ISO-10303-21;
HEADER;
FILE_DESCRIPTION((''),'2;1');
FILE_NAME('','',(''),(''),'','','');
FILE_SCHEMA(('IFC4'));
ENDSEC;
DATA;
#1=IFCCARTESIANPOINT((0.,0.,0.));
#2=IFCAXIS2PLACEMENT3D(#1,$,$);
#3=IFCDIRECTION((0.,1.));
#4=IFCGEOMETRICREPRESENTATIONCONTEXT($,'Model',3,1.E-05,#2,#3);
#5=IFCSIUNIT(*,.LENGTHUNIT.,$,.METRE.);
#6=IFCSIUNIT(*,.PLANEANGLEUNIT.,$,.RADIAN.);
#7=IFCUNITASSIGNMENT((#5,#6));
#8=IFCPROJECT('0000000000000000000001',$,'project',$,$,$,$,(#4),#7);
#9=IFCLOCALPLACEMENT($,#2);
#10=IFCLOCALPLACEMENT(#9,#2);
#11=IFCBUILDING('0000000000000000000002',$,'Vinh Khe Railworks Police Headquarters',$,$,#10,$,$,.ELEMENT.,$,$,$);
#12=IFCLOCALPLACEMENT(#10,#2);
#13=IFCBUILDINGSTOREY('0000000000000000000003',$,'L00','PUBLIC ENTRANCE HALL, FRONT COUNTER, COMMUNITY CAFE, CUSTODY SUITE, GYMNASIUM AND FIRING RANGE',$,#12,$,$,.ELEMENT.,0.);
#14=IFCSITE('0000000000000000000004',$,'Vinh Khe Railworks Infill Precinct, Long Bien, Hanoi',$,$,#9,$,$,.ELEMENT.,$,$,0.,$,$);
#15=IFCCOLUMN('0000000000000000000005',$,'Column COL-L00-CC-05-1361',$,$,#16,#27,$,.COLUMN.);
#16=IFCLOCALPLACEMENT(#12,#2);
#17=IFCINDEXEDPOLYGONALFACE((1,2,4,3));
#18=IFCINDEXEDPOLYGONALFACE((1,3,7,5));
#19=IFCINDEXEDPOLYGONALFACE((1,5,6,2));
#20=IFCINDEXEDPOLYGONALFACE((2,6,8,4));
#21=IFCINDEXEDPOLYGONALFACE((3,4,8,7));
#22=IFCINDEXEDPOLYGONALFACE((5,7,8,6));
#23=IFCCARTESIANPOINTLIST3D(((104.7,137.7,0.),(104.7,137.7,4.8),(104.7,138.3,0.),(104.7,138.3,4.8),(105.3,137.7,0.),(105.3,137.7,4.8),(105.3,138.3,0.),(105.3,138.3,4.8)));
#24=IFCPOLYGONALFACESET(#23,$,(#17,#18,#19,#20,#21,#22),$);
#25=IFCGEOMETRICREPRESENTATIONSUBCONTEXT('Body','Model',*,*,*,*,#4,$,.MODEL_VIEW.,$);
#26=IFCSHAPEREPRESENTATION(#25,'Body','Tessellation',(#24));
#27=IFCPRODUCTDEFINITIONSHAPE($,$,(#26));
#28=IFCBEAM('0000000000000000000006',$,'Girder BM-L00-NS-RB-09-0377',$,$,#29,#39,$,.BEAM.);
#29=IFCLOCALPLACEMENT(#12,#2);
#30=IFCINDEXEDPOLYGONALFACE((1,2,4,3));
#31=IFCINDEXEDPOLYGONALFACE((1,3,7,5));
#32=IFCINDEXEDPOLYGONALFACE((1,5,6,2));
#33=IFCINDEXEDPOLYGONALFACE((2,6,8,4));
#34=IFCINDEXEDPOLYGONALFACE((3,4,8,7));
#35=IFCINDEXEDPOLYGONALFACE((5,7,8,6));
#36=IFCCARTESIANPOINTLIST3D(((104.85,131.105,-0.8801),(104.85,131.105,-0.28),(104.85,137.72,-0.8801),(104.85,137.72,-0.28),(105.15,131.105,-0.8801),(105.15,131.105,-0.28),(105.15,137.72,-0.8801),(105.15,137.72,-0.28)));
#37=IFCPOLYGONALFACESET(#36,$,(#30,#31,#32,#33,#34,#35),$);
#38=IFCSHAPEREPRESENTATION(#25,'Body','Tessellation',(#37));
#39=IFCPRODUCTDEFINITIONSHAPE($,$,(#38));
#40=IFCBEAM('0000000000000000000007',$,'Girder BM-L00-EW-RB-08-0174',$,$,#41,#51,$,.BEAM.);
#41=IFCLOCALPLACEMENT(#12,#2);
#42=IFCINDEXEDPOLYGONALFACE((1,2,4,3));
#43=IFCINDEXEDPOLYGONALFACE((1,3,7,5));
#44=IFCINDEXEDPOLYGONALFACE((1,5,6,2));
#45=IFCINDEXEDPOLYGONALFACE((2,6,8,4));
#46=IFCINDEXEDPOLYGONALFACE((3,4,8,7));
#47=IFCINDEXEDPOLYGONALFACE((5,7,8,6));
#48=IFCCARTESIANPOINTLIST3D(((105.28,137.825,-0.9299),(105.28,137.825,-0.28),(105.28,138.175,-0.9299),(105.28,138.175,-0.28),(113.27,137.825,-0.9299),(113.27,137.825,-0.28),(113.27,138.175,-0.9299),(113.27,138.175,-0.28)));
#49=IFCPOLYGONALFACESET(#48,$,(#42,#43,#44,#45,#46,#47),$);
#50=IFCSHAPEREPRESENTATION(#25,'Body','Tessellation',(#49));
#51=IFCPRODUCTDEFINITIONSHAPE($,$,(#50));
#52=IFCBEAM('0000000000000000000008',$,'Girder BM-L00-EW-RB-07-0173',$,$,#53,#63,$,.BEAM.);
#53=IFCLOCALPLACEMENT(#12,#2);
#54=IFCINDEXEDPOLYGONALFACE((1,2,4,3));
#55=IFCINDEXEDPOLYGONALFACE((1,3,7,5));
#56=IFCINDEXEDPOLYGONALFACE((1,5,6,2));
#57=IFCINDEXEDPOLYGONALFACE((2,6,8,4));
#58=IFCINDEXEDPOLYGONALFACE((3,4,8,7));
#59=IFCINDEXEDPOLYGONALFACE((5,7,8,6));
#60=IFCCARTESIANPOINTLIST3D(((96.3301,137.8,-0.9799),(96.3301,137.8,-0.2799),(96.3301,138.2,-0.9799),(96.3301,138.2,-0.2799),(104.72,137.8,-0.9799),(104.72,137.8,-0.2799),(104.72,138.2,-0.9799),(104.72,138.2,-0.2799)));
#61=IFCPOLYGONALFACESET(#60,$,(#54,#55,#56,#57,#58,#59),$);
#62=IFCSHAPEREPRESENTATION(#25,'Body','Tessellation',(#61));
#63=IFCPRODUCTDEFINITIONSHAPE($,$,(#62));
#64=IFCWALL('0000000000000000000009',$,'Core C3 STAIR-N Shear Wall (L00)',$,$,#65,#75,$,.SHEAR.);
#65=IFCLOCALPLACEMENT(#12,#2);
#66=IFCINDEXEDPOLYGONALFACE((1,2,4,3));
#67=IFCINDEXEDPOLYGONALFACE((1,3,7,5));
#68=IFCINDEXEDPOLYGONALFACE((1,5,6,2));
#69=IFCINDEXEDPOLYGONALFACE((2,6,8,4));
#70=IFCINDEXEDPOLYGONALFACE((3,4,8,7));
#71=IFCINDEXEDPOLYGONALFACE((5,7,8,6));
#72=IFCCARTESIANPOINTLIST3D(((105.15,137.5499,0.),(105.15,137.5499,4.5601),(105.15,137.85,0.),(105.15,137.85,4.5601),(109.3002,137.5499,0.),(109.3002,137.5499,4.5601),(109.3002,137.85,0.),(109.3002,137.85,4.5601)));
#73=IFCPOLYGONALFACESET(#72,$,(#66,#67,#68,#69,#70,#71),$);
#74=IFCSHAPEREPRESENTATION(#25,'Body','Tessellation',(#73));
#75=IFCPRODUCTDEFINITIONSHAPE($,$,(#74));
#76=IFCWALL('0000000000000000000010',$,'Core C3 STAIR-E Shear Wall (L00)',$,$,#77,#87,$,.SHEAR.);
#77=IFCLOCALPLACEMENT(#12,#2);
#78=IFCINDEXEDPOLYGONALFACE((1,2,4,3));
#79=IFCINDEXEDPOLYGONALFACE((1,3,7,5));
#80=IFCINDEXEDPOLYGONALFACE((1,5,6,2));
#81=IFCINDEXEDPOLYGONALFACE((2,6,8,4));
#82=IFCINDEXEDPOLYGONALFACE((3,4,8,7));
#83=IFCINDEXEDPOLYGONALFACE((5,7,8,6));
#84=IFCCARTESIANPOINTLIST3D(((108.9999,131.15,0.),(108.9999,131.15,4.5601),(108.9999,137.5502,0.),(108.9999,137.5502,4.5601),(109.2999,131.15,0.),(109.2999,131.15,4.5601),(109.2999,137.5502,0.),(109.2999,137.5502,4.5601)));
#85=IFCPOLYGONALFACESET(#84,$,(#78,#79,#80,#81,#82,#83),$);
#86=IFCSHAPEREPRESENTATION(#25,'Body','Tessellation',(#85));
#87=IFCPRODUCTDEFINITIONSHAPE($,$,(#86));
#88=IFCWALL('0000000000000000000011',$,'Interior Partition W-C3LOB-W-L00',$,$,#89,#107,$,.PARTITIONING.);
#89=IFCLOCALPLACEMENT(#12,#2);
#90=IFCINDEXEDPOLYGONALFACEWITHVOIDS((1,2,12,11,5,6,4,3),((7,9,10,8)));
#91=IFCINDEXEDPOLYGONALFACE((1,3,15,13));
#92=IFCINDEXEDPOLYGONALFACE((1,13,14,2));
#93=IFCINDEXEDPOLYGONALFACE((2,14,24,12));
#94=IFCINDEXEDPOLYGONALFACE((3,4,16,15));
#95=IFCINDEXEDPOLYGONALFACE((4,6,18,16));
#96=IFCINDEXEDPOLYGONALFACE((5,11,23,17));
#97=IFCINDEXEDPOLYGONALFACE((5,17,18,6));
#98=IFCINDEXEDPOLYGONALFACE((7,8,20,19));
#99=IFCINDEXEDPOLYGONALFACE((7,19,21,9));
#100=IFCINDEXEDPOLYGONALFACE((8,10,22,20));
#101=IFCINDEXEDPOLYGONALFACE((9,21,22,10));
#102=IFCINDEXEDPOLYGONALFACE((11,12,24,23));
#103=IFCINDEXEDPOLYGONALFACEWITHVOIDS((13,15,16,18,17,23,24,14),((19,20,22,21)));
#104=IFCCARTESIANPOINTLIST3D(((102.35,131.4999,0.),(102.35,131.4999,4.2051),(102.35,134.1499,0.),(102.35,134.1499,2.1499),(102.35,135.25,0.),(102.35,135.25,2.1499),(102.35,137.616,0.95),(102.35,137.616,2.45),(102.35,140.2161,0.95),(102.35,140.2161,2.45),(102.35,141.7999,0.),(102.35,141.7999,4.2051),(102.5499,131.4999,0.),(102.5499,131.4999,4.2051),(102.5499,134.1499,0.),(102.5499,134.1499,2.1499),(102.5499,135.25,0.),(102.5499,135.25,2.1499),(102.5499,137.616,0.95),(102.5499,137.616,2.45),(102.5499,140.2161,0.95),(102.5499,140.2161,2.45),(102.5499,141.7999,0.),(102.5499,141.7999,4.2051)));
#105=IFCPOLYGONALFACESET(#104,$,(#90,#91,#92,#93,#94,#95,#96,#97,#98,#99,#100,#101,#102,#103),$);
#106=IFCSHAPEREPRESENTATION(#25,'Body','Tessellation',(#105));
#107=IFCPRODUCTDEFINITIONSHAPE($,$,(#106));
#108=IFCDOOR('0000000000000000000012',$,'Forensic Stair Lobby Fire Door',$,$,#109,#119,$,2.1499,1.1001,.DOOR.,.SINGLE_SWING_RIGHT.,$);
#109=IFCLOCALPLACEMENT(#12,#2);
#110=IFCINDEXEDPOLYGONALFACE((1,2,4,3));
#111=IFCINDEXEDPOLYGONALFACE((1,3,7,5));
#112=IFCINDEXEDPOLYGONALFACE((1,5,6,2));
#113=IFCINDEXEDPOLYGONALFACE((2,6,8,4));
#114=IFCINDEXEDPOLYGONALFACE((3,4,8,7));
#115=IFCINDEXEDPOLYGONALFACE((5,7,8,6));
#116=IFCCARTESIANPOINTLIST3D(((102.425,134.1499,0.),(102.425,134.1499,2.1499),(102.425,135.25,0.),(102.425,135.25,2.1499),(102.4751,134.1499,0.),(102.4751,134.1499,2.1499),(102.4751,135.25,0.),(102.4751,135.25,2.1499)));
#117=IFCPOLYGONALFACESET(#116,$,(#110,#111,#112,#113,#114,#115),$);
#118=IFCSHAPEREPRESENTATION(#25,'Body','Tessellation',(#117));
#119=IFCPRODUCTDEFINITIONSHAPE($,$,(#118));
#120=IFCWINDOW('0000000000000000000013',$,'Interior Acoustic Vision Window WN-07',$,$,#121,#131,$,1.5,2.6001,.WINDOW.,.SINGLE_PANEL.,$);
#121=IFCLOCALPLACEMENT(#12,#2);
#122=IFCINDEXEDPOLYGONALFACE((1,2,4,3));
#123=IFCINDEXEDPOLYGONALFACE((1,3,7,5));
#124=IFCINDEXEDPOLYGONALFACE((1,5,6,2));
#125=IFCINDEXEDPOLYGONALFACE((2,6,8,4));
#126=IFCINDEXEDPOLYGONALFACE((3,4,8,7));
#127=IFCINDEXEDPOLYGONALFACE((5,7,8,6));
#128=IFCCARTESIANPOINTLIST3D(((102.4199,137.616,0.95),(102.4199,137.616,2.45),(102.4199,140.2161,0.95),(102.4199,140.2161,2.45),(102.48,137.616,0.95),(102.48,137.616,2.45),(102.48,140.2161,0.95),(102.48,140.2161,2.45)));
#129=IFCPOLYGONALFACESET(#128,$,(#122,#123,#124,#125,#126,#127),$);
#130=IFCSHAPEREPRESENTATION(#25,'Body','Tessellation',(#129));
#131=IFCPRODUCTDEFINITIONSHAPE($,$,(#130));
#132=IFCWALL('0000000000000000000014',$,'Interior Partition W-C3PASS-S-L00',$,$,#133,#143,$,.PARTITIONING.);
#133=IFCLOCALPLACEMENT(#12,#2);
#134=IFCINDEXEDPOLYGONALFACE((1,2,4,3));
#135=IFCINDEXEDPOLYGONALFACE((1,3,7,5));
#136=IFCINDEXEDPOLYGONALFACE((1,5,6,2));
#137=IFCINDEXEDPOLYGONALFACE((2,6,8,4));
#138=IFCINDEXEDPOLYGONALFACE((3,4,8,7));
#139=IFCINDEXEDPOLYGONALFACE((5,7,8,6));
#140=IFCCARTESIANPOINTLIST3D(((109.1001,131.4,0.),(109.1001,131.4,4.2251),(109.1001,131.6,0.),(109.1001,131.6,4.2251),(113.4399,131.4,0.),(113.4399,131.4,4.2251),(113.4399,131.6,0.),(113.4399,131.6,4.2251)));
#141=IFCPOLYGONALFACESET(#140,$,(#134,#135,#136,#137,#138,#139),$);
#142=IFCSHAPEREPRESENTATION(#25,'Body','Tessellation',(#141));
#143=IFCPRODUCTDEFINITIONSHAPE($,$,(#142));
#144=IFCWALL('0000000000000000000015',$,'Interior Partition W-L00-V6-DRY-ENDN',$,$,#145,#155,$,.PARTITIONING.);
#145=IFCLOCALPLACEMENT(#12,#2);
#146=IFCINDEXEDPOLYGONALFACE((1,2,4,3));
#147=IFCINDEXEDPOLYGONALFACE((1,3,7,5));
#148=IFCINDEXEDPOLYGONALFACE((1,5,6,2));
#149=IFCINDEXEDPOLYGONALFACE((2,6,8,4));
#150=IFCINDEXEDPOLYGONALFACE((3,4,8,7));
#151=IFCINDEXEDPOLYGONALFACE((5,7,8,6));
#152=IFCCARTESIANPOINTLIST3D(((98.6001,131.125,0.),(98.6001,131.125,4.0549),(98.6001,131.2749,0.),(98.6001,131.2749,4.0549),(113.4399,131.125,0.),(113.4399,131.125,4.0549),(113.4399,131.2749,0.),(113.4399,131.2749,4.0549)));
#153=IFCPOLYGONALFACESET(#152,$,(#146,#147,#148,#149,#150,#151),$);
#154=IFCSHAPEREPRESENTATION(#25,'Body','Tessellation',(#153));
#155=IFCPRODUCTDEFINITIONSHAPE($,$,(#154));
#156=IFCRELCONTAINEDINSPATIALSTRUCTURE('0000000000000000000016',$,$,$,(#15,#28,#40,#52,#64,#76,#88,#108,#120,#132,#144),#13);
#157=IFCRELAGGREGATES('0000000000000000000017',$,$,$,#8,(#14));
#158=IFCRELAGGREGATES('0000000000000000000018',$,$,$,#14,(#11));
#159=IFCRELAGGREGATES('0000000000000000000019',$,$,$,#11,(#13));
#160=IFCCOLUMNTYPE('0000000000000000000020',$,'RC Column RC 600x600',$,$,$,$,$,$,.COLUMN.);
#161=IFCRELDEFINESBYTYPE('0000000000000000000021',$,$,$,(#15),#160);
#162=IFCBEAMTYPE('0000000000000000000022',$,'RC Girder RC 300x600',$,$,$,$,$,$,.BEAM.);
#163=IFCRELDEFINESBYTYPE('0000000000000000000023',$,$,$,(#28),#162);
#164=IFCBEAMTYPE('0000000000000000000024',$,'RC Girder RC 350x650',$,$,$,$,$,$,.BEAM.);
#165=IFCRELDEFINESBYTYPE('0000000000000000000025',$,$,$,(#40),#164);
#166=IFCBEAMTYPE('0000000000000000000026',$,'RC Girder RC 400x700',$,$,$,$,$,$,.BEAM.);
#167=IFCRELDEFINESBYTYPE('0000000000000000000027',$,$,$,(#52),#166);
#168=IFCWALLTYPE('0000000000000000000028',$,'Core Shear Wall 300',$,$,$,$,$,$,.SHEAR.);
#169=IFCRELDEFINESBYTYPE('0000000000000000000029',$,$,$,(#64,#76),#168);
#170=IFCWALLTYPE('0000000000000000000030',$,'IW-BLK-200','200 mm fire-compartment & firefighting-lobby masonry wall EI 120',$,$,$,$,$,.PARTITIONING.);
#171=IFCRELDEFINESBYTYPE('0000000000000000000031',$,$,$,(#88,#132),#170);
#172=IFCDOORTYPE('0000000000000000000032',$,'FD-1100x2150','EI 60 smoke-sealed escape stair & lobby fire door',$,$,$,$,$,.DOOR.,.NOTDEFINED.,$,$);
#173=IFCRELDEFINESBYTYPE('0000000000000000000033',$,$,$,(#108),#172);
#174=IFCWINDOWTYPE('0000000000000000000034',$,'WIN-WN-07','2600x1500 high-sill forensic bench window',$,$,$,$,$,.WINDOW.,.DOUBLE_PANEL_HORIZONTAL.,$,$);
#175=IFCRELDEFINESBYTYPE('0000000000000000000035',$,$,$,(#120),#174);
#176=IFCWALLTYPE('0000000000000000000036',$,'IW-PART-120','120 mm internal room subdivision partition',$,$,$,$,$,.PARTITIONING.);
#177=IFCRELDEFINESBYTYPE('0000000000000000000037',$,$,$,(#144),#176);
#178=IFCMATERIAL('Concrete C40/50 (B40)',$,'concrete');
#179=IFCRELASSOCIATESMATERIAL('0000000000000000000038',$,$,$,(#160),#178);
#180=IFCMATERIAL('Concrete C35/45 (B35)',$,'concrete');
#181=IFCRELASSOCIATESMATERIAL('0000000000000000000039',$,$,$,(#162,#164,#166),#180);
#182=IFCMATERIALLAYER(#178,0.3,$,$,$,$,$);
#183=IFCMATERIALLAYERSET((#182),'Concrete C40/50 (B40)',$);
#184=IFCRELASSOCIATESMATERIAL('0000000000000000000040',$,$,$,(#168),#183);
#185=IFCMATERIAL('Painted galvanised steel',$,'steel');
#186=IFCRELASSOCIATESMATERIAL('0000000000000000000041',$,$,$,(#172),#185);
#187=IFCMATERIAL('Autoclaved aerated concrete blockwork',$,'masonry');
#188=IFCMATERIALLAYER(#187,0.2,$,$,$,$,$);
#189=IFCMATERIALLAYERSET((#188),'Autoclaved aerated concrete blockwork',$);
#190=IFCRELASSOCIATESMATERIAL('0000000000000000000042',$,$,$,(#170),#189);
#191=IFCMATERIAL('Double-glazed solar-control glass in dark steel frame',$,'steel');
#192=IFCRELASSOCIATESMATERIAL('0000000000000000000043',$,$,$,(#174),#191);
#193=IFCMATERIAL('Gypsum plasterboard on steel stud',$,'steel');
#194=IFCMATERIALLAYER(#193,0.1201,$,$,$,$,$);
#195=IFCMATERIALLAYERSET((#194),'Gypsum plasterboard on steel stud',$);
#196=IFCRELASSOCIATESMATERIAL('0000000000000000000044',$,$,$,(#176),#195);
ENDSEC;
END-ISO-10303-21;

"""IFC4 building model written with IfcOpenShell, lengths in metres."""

from ifc_helpers import new_model, si_unit, direction, frame, frame_2d, origin, origin_2d, place, context, subcontext, project, spatial, rectangle, extrude, material, layer, layer_set, material_profile, profile_set, type_object, element, fill, save


model = new_model("IFC4")

# Units and contexts
model_context = context("Model", 3, precision=1e-05, world=origin(), true_north=direction((0.0, 1.0)))
body_context = subcontext(model_context, "Body", "Model", "MODEL_VIEW")
ifc_project = project(units=[si_unit("LENGTHUNIT", "METRE"), si_unit("PLANEANGLEUNIT", "RADIAN")], contexts=[model_context])

# Site, building, storey
site_placement = place(None, origin())
site = spatial("IfcSite", under=ifc_project, at=site_placement, Name="Vinh Khe Railworks Infill Precinct, Long Bien, Hanoi", CompositionType="ELEMENT", RefElevation=0.0)
building_placement = place(site_placement, origin())
building = spatial("IfcBuilding", under=site, at=building_placement, Name="Vinh Khe Railworks Police Headquarters", CompositionType="ELEMENT")
storey_placement = place(building_placement, origin())
storey = spatial("IfcBuildingStorey", under=building, at=storey_placement, Name="L00", Description="PUBLIC ENTRANCE HALL, FRONT COUNTER, COMMUNITY CAFE, CUSTODY SUITE, GYMNASIUM AND FIRING RANGE", CompositionType="ELEMENT", Elevation=0.0)

# Column
ifc_material_1 = material(Name="Concrete C40/50 (B40)", Category="concrete")
ifc_material_profile_1 = material_profile(ifc_material_1, rectangle(XDim=0.6001, YDim=0.6001, at=origin_2d()), Name="RC 600x600")
ifc_profile_set_1 = profile_set([ifc_material_profile_1], Name="Concrete C40/50 (B40)")
column_type = type_object("IfcColumnType", Name="RC Column RC 600x600", PredefinedType="COLUMN", material=ifc_profile_set_1)
column_placement = place(storey_placement, frame((105.0, 138.0, 0.0), z_axis=(0.0, 0.0, 1.0), x_axis=(1.0, 0.0, 0.0)))
element("IfcColumn", 1, at=column_placement, inside=storey, type_object=column_type, Name="Column COL-L00-CC-05-1361", PredefinedType="COLUMN", context=body_context, shape_type="SweptSolid", body=[
    extrude(rectangle(XDim=0.6001, YDim=0.6001, at=origin_2d()), origin(), (0.0, 0.0, 1.0), 4.8),
])

# Beams
ifc_material_2 = material(Name="Concrete C35/45 (B35)", Category="concrete")
ifc_material_profile_2 = material_profile(ifc_material_2, rectangle(XDim=0.3, YDim=0.6001, at=origin_2d()), Name="RC 300x600")
ifc_profile_set_2 = profile_set([ifc_material_profile_2], Name="Concrete C35/45 (B35)")
beam_type_1 = type_object("IfcBeamType", Name="RC Girder RC 300x600", PredefinedType="BEAM", material=ifc_profile_set_2)
beam_1_placement = place(storey_placement, frame((105.0, 131.105, -0.5801), z_axis=(0.0, 1.0, 0.0), x_axis=(-1.0, 0.0, 0.0)))
element("IfcBeam", 2, at=beam_1_placement, inside=storey, type_object=beam_type_1, Name="Girder BM-L00-NS-RB-09-0377", PredefinedType="BEAM", context=body_context, shape_type="SweptSolid", body=[
    extrude(rectangle(XDim=0.3, YDim=0.6001, at=origin_2d()), origin(), (0.0, 0.0, 1.0), 6.615),
])
ifc_material_profile_3 = material_profile(ifc_material_2, rectangle(XDim=0.3501, YDim=0.6499, at=origin_2d()), Name="RC 350x650")
ifc_profile_set_3 = profile_set([ifc_material_profile_3], Name="Concrete C35/45 (B35)")
beam_type_2 = type_object("IfcBeamType", Name="RC Girder RC 350x650", PredefinedType="BEAM", material=ifc_profile_set_3)
beam_2_placement = place(storey_placement, frame((105.28, 138.0, -0.605), z_axis=(1.0, 0.0, 0.0), x_axis=(0.0, 1.0, 0.0)))
element("IfcBeam", 3, at=beam_2_placement, inside=storey, type_object=beam_type_2, Name="Girder BM-L00-EW-RB-08-0174", PredefinedType="BEAM", context=body_context, shape_type="SweptSolid", body=[
    extrude(rectangle(XDim=0.3501, YDim=0.6499, at=origin_2d()), origin(), (0.0, 0.0, 1.0), 7.99),
])
ifc_material_profile_4 = material_profile(ifc_material_2, rectangle(XDim=0.3999, YDim=0.7, at=origin_2d()), Name="RC 400x700")
ifc_profile_set_4 = profile_set([ifc_material_profile_4], Name="Concrete C35/45 (B35)")
beam_type_3 = type_object("IfcBeamType", Name="RC Girder RC 400x700", PredefinedType="BEAM", material=ifc_profile_set_4)
beam_3_placement = place(storey_placement, frame((96.3301, 138.0, -0.6299), z_axis=(1.0, 0.0, 0.0), x_axis=(0.0, 1.0, 0.0)))
element("IfcBeam", 4, at=beam_3_placement, inside=storey, type_object=beam_type_3, Name="Girder BM-L00-EW-RB-07-0173", PredefinedType="BEAM", context=body_context, shape_type="SweptSolid", body=[
    extrude(rectangle(XDim=0.3999, YDim=0.7, at=origin_2d()), origin(), (0.0, 0.0, 1.0), 8.3899),
])

# Wall
ifc_layer_1 = layer(ifc_material_1, 0.3)
ifc_layer_set_1 = layer_set([ifc_layer_1], Name="Concrete C40/50 (B40)")
wall_type_1 = type_object("IfcWallType", Name="Core Shear Wall 300", PredefinedType="SHEAR", material=ifc_layer_set_1)
wall_1_placement = place(storey_placement, frame((105.1499, 137.7, 0.0), z_axis=(0.0, 0.0, 1.0), x_axis=(1.0, 0.0, 0.0)))
element("IfcWall", 5, at=wall_1_placement, inside=storey, type_object=wall_type_1, Name="Core C3 STAIR-N Shear Wall (L00)", PredefinedType="SHEAR", context=body_context, shape_type="SweptSolid", body=[
    extrude(rectangle(XDim=4.1501, YDim=0.3, at=frame_2d((2.0752, 0.0))), origin(), (0.0, 0.0, 1.0), 4.5601),
])

# Shared definitions
ifc_material_3 = material(Name="Painted galvanised steel", Category="steel")
door_type = type_object("IfcDoorType", Name="FD-1100x2150", Description="EI 60 smoke-sealed escape stair & lobby fire door", OperationType="NOTDEFINED", PredefinedType="DOOR", material=ifc_material_3)

# Wall
wall_2_placement = place(storey_placement, frame((109.1499, 131.1499, 0.0), z_axis=(0.0, 0.0, 1.0), x_axis=(0.0, 1.0, 0.0)))
element("IfcWall", 6, at=wall_2_placement, inside=storey, type_object=wall_type_1, Name="Core C3 STAIR-E Shear Wall (L00)", PredefinedType="SHEAR", context=body_context, shape_type="SweptSolid", body=[
    extrude(rectangle(XDim=6.4001, YDim=0.3, at=frame_2d((3.2002, 0.0))), origin(), (0.0, 0.0, 1.0), 4.5601),
])

# Wall, openings, door, window
ifc_material_4 = material(Name="Autoclaved aerated concrete blockwork", Category="masonry")
ifc_layer_2 = layer(ifc_material_4, 0.2)
ifc_layer_set_2 = layer_set([ifc_layer_2], Name="Autoclaved aerated concrete blockwork")
wall_type_2 = type_object("IfcWallType", Name="IW-BLK-200", Description="200 mm fire-compartment & firefighting-lobby masonry wall EI 120", PredefinedType="PARTITIONING", material=ifc_layer_set_2)
wall_3_placement = place(storey_placement, frame((102.45, 131.5, 0.0), z_axis=(0.0, 0.0, 1.0), x_axis=(0.0, 1.0, 0.0)))
wall_3 = element("IfcWall", 7, at=wall_3_placement, inside=storey, type_object=wall_type_2, Name="Interior Partition W-C3LOB-W-L00", PredefinedType="PARTITIONING", context=body_context, shape_type="SweptSolid", body=[
    extrude(rectangle(XDim=10.3, YDim=0.2, at=frame_2d((5.1499, 0.0))), origin(), (0.0, 0.0, 1.0), 4.2051),
])
opening_1_placement = place(wall_3_placement, frame((2.6499, 0.0, 0.0)))
opening_1 = element("IfcOpeningElement", 8, at=opening_1_placement, cuts=wall_3, PredefinedType="OPENING", context=body_context, shape_type="SweptSolid", body=[
    extrude(rectangle(XDim=1.1001, YDim=2.1499, at=frame_2d((0.55, 1.075))), frame((0.0, 0.1147, 0.0), z_axis=(0.0, -1.0, 0.0), x_axis=(1.0, 0.0, 0.0)), (0.0, 0.0, 1.0), 0.2297),
])
opening_2_placement = place(wall_3_placement, frame((6.116, 0.0, 0.95)))
opening_2 = element("IfcOpeningElement", 9, at=opening_2_placement, cuts=wall_3, PredefinedType="OPENING", context=body_context, shape_type="SweptSolid", body=[
    extrude(rectangle(XDim=2.6001, YDim=1.5, at=frame_2d((1.3, 0.75))), frame((0.0, 0.1147, 0.0), z_axis=(0.0, -1.0, 0.0), x_axis=(1.0, 0.0, 0.0)), (0.0, 0.0, 1.0), 0.2297),
])
door_1_placement = place(opening_1_placement, origin())
door_1 = element("IfcDoor", 10, at=door_1_placement, inside=storey, type_object=door_type, Name="Forensic Stair Lobby Fire Door", OperationType="SINGLE_SWING_RIGHT", OverallHeight=2.1499, OverallWidth=1.1001, PredefinedType="DOOR", context=body_context, shape_type="SweptSolid", body=[
    extrude(rectangle(XDim=1.1001, YDim=2.1499, at=frame_2d((0.55, 1.075))), frame((0.0, 0.0249, 0.0), z_axis=(0.0, -1.0, 0.0), x_axis=(1.0, 0.0, 0.0)), (0.0, 0.0, 1.0), 0.05),
])
fill(opening_1, door_1)
ifc_material_5 = material(Name="Double-glazed solar-control glass in dark steel frame", Category="steel")
window_type = type_object("IfcWindowType", Name="WIN-WN-07", Description="2600x1500 high-sill forensic bench window", PartitioningType="DOUBLE_PANEL_HORIZONTAL", PredefinedType="WINDOW", material=ifc_material_5)
window_placement = place(opening_2_placement, origin())
window = element("IfcWindow", 11, at=window_placement, inside=storey, type_object=window_type, Name="Interior Acoustic Vision Window WN-07", OverallHeight=1.5, OverallWidth=2.6001, PartitioningType="SINGLE_PANEL", PredefinedType="WINDOW", context=body_context, shape_type="SweptSolid", body=[
    extrude(rectangle(XDim=2.6001, YDim=1.5, at=frame_2d((1.3, 0.75))), frame((0.0, 0.03, 0.0), z_axis=(0.0, -1.0, 0.0), x_axis=(1.0, 0.0, 0.0)), (0.0, 0.0, 1.0), 0.0601),
])
fill(opening_2, window)

# Walls
wall_4_placement = place(storey_placement, frame((109.1001, 131.5, 0.0), z_axis=(0.0, 0.0, 1.0), x_axis=(1.0, 0.0, 0.0)))
element("IfcWall", 12, at=wall_4_placement, inside=storey, type_object=wall_type_2, Name="Interior Partition W-C3PASS-S-L00", PredefinedType="PARTITIONING", context=body_context, shape_type="SweptSolid", body=[
    extrude(rectangle(XDim=4.3398, YDim=0.2, at=frame_2d((2.1699, 0.0))), origin(), (0.0, 0.0, 1.0), 4.2251),
])
ifc_material_6 = material(Name="Gypsum plasterboard on steel stud", Category="steel")
ifc_layer_3 = layer(ifc_material_6, 0.1201)
ifc_layer_set_3 = layer_set([ifc_layer_3], Name="Gypsum plasterboard on steel stud")
wall_type_3 = type_object("IfcWallType", Name="IW-PART-120", Description="120 mm internal room subdivision partition", PredefinedType="PARTITIONING", material=ifc_layer_set_3)
wall_5_placement = place(storey_placement, frame((98.6001, 131.2, 0.0), z_axis=(0.0, 0.0, 1.0), x_axis=(1.0, 0.0, 0.0)))
element("IfcWall", 13, at=wall_5_placement, inside=storey, type_object=wall_type_3, Name="Interior Partition W-L00-V6-DRY-ENDN", PredefinedType="PARTITIONING", context=body_context, shape_type="SweptSolid", body=[
    extrude(rectangle(XDim=14.8398, YDim=0.1499, at=frame_2d((7.4199, 0.0))), origin(), (0.0, 0.0, 1.0), 4.0549),
])

save(model, "model.ifc")
